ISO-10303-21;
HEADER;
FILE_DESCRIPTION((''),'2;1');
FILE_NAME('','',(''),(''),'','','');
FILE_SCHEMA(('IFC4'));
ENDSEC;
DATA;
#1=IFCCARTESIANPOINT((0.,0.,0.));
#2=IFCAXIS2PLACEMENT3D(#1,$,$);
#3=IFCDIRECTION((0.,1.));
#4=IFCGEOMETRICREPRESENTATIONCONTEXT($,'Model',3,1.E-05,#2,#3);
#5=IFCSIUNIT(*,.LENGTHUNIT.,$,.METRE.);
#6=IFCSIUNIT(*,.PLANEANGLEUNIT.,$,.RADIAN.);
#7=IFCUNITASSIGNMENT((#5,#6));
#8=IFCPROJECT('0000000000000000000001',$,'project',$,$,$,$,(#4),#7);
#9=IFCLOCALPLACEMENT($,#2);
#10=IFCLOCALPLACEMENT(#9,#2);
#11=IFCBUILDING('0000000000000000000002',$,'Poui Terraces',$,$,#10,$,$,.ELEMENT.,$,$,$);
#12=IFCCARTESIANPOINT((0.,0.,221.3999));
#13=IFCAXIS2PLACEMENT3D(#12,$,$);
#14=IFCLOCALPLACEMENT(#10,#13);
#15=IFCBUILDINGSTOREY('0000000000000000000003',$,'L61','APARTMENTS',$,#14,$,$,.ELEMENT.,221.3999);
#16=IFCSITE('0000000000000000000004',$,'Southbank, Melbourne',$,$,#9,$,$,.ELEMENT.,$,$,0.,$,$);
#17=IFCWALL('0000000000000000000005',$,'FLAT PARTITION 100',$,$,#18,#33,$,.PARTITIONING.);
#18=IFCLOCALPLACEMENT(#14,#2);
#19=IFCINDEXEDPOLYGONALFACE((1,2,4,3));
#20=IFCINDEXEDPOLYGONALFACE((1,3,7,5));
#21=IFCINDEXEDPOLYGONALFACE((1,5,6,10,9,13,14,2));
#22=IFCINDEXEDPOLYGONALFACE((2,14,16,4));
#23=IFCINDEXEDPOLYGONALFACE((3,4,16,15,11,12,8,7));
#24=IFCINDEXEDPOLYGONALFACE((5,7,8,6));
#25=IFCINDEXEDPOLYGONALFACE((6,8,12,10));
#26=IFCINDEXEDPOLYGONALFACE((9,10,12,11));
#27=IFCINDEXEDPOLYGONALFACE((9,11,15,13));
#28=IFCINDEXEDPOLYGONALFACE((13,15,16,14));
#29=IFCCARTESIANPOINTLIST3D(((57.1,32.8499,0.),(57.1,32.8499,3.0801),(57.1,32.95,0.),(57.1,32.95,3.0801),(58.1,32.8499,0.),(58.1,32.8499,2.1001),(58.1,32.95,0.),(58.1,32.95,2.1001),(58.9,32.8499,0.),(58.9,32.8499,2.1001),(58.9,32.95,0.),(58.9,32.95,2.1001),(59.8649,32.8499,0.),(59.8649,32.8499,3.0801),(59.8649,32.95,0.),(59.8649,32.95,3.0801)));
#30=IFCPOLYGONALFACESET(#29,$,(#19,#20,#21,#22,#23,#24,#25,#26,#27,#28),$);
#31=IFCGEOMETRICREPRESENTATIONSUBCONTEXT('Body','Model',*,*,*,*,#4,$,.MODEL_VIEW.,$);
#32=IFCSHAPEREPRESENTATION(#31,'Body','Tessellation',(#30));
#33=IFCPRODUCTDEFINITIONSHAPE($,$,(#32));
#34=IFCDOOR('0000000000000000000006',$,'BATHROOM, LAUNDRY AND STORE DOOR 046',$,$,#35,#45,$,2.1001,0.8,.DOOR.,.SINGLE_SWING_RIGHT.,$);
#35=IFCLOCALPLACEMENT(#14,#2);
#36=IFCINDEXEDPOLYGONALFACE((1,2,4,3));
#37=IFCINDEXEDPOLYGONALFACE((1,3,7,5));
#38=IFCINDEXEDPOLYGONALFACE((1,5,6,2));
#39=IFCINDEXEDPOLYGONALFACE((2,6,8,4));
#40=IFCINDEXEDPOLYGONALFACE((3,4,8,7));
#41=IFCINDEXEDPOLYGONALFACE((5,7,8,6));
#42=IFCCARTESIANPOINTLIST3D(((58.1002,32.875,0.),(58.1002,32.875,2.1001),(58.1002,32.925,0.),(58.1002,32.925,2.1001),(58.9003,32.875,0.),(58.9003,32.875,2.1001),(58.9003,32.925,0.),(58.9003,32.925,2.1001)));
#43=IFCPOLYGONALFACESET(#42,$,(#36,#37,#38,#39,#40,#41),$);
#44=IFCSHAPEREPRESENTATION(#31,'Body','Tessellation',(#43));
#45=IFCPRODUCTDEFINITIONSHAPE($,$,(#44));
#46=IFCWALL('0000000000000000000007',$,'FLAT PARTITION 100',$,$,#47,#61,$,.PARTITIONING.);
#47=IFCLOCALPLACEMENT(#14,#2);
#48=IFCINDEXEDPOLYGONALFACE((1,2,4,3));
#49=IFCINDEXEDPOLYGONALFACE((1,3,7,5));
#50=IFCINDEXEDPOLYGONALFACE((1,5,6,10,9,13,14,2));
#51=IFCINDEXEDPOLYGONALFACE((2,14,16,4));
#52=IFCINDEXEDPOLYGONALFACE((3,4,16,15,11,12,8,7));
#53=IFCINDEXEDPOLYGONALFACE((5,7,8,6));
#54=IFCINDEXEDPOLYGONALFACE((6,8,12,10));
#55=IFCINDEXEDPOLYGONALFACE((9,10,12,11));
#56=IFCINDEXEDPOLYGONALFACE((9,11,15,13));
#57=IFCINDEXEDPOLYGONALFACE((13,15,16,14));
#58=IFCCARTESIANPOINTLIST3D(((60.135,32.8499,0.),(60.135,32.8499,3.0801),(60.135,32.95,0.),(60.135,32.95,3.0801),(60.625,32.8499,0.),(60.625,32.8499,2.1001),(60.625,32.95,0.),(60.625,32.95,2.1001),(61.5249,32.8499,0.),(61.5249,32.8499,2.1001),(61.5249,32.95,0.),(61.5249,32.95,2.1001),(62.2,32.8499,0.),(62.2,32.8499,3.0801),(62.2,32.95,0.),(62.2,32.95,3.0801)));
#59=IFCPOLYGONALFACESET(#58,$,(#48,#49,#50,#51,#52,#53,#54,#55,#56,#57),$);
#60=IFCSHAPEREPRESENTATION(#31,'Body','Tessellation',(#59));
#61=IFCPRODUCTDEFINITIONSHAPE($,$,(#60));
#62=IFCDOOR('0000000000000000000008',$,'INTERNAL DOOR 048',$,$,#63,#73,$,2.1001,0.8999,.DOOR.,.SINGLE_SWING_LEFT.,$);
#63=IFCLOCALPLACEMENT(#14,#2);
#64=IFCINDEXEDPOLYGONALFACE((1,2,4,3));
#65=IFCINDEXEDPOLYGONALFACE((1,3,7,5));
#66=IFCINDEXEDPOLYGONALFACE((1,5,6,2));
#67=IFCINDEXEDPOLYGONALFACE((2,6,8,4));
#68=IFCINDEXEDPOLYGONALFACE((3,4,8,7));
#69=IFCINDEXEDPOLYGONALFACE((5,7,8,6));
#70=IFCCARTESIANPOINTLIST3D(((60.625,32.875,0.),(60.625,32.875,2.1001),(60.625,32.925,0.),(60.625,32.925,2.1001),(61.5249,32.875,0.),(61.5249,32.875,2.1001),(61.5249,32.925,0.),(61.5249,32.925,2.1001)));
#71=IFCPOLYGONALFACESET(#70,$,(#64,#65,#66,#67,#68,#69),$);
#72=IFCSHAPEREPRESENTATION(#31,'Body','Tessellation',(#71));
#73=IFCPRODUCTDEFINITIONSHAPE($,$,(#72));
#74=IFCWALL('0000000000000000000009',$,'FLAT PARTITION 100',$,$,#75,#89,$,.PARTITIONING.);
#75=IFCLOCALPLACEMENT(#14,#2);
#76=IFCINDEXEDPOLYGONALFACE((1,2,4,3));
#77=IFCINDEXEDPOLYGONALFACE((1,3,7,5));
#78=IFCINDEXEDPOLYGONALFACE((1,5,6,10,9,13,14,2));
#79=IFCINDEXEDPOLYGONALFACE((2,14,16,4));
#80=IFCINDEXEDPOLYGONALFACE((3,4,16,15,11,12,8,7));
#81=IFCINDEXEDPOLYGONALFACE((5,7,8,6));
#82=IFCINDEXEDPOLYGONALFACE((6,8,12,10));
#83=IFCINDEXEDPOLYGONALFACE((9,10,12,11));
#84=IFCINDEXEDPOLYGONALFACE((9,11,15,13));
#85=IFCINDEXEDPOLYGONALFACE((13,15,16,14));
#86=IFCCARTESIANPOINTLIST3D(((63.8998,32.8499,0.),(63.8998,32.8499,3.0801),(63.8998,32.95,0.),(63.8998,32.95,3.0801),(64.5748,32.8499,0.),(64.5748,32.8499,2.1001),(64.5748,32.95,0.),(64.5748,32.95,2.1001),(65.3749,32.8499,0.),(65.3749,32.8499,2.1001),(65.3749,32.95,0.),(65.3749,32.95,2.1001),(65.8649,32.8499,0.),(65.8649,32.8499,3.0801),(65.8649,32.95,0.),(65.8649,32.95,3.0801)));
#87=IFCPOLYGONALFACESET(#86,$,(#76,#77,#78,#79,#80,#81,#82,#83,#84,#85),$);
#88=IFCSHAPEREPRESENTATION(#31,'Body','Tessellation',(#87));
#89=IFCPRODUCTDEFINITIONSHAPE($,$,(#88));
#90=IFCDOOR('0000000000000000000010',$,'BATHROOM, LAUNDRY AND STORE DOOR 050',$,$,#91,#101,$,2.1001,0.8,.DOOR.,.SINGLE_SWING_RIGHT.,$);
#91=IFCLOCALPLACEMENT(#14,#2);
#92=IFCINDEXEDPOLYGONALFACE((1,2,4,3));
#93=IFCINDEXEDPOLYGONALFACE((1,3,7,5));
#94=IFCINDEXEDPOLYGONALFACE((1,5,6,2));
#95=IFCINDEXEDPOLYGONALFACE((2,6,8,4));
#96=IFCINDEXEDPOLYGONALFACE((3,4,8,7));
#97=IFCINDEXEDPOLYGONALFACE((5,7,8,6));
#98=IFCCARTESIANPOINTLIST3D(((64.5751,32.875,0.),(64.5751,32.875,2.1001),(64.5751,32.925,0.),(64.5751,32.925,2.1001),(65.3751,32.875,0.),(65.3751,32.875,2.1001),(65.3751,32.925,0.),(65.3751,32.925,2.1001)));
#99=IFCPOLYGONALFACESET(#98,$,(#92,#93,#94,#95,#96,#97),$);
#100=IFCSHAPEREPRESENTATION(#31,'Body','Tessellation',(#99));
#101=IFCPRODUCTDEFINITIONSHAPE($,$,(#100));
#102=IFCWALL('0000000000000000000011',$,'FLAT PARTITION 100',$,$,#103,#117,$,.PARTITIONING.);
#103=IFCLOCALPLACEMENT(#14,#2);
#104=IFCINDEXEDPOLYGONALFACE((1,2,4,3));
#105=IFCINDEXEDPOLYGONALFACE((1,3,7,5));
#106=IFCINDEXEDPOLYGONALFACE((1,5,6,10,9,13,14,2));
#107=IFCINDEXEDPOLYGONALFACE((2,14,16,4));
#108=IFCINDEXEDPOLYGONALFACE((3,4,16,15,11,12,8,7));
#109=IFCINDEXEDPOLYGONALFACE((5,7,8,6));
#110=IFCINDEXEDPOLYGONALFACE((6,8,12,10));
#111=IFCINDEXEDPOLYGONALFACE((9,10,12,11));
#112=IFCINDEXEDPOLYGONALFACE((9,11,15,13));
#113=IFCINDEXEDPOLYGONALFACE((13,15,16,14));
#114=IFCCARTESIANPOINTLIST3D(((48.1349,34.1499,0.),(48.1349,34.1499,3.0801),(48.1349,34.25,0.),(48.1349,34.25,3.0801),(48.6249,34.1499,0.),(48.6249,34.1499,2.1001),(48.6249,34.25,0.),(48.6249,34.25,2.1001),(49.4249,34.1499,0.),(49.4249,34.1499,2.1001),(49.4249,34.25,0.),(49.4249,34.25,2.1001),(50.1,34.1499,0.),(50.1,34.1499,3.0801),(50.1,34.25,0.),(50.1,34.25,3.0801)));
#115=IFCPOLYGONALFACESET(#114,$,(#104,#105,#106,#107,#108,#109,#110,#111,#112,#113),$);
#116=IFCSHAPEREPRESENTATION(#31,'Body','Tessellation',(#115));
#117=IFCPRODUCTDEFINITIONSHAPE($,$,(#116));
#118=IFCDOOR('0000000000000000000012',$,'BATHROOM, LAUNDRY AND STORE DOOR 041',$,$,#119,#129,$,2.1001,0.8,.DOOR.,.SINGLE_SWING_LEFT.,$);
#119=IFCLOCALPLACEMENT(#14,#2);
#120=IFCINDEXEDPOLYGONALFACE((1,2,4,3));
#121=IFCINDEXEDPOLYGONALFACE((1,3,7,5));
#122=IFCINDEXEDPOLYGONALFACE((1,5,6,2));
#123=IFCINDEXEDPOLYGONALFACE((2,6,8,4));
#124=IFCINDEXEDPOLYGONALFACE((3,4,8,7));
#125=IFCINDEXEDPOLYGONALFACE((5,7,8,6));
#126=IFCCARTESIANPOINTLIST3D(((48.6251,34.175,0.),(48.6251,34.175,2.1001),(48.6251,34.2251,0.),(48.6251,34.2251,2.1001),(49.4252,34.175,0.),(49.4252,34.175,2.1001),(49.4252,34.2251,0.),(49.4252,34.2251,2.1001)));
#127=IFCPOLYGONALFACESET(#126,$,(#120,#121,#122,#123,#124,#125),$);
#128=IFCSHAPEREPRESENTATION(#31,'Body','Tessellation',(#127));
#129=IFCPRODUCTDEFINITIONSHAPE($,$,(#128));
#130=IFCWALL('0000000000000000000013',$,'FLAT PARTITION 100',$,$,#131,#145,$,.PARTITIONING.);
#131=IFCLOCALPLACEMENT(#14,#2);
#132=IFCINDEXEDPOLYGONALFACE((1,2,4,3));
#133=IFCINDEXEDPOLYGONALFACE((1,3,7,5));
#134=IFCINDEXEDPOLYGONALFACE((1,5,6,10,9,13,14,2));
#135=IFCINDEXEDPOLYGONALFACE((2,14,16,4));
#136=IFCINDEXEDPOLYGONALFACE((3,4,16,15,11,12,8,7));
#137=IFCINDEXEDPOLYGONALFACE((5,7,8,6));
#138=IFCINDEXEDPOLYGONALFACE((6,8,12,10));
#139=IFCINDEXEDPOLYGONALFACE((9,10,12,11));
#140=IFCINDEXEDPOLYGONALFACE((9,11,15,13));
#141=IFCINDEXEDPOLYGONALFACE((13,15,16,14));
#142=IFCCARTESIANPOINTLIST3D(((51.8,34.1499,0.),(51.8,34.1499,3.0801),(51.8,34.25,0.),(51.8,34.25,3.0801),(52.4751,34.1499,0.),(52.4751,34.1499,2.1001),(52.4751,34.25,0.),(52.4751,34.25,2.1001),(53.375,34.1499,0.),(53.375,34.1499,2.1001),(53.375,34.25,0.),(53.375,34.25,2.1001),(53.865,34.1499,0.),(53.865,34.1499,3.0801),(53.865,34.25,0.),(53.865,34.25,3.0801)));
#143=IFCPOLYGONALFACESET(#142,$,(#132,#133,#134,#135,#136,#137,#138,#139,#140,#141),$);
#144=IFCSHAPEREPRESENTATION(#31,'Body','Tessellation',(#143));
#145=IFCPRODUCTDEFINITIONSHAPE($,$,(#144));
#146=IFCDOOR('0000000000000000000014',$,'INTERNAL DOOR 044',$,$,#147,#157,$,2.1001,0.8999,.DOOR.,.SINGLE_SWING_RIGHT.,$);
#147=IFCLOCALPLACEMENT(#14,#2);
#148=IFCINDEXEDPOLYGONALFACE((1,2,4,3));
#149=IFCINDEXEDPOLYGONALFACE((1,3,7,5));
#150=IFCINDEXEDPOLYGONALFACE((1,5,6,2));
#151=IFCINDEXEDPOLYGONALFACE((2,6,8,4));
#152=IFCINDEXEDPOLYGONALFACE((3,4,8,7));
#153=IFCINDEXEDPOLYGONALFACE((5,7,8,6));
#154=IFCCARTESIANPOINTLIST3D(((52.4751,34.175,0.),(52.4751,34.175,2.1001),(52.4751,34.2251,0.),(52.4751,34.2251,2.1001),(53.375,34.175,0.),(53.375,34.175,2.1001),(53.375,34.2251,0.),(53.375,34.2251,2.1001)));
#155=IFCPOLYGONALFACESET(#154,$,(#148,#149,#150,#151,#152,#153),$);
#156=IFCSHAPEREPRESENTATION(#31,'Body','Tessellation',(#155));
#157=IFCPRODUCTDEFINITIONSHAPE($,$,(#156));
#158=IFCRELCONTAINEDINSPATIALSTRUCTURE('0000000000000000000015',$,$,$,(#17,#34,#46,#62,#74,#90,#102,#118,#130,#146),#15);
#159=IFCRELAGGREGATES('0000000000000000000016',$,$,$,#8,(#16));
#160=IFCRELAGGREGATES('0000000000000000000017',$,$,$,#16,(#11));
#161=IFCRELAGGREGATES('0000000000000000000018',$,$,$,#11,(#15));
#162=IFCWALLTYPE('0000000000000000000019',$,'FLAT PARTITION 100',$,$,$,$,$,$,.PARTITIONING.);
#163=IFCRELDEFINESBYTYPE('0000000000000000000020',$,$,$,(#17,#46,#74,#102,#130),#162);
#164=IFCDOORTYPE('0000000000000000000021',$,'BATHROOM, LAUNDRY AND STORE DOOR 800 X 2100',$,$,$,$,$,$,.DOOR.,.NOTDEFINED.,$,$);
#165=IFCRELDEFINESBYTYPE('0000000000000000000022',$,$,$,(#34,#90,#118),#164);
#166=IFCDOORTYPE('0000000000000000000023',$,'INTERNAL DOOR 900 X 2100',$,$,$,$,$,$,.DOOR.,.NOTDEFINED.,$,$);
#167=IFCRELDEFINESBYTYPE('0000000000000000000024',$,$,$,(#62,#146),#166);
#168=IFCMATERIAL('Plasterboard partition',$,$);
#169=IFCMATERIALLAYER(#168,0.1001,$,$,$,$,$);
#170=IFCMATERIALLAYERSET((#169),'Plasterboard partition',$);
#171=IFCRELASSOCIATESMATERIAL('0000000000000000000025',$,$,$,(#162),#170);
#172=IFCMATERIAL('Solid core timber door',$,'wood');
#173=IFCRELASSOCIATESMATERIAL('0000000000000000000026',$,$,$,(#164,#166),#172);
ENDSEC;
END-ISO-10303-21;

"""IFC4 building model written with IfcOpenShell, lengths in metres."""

from ifc_helpers import new_model, si_unit, direction, frame, frame_2d, origin, place, context, subcontext, project, spatial, rectangle, extrude, material, layer, layer_set, type_object, element, fill, save


model = new_model("IFC4")

# Units and contexts
model_context = context("Model", 3, precision=1e-05, world=origin(), true_north=direction((0.0, 1.0)))
body_context = subcontext(model_context, "Body", "Model", "MODEL_VIEW")
ifc_project = project(units=[si_unit("LENGTHUNIT", "METRE"), si_unit("PLANEANGLEUNIT", "RADIAN")], contexts=[model_context])

# Site, building, storey
site_placement = place(None, origin())
site = spatial("IfcSite", under=ifc_project, at=site_placement, Name="Southbank, Melbourne", CompositionType="ELEMENT", RefElevation=0.0)
building_placement = place(site_placement, origin())
building = spatial("IfcBuilding", under=site, at=building_placement, Name="Poui Terraces", CompositionType="ELEMENT")
storey_placement = place(building_placement, frame((0.0, 0.0, 221.3999)))
storey = spatial("IfcBuildingStorey", under=building, at=storey_placement, Name="L61", Description="APARTMENTS", CompositionType="ELEMENT", Elevation=221.3999)

# Walls, openings, doors
ifc_material_1 = material(Name="Plasterboard partition")
ifc_layer_1 = layer(ifc_material_1, 0.1001)
ifc_layer_set_1 = layer_set([ifc_layer_1], Name="Plasterboard partition")
wall_type_1 = type_object("IfcWallType", Name="FLAT PARTITION 100", PredefinedType="PARTITIONING", material=ifc_layer_set_1)
wall_1_placement = place(storey_placement, frame((57.1001, 32.8999, 0.0), z_axis=(0.0, 0.0, 1.0), x_axis=(1.0, 0.0, 0.0)))
wall_1 = element("IfcWall", 1, at=wall_1_placement, inside=storey, type_object=wall_type_1, Name="FLAT PARTITION 100", PredefinedType="PARTITIONING", context=body_context, shape_type="SweptSolid", body=[
    extrude(rectangle(XDim=2.7649, YDim=0.1001, at=frame_2d((1.3823, 0.0))), origin(), (0.0, 0.0, 1.0), 3.0801),
])
opening_1_placement = place(wall_1_placement, frame((1.0, 0.0, 0.0)))
opening_1 = element("IfcOpeningElement", 2, at=opening_1_placement, cuts=wall_1, PredefinedType="OPENING", context=body_context, shape_type="SweptSolid", body=[
    extrude(rectangle(XDim=0.8, YDim=2.1001, at=frame_2d((0.3999, 1.05))), frame((0.0, 0.0601, 0.0), z_axis=(0.0, -1.0, 0.0), x_axis=(1.0, 0.0, 0.0)), (0.0, 0.0, 1.0), 0.1201),
])
ifc_material_2 = material(Name="Solid core timber door", Category="wood")
door_type_1 = type_object("IfcDoorType", Name="BATHROOM, LAUNDRY AND STORE DOOR 800 X 2100", OperationType="NOTDEFINED", PredefinedType="DOOR", material=ifc_material_2)
door_1_placement = place(opening_1_placement, frame((0.8, 0.0, 0.0), z_axis=(0.0, 0.0, 1.0), x_axis=(-1.0, 0.0, 0.0)))
door_1 = element("IfcDoor", 3, at=door_1_placement, inside=storey, type_object=door_type_1, Name="BATHROOM, LAUNDRY AND STORE DOOR 046", OperationType="SINGLE_SWING_RIGHT", OverallHeight=2.1001, OverallWidth=0.8, PredefinedType="DOOR", context=body_context, shape_type="SweptSolid", body=[
    extrude(rectangle(XDim=0.8, YDim=2.1001, at=frame_2d((0.3999, 1.05))), frame((0.0, 0.0249, 0.0), z_axis=(0.0, -1.0, 0.0), x_axis=(1.0, 0.0, 0.0)), (0.0, 0.0, 1.0), 0.05),
])
fill(opening_1, door_1)
wall_2_placement = place(storey_placement, frame((60.135, 32.8999, 0.0), z_axis=(0.0, 0.0, 1.0), x_axis=(1.0, 0.0, 0.0)))
wall_2 = element("IfcWall", 4, at=wall_2_placement, inside=storey, type_object=wall_type_1, Name="FLAT PARTITION 100", PredefinedType="PARTITIONING", context=body_context, shape_type="SweptSolid", body=[
    extrude(rectangle(XDim=2.0649, YDim=0.1001, at=frame_2d((1.0325, 0.0))), origin(), (0.0, 0.0, 1.0), 3.0801),
])
opening_2_placement = place(wall_2_placement, frame((0.49, 0.0, 0.0)))
opening_2 = element("IfcOpeningElement", 5, at=opening_2_placement, cuts=wall_2, PredefinedType="OPENING", context=body_context, shape_type="SweptSolid", body=[
    extrude(rectangle(XDim=0.8999, YDim=2.1001, at=frame_2d((0.45, 1.05))), frame((0.0, 0.0601, 0.0), z_axis=(0.0, -1.0, 0.0), x_axis=(1.0, 0.0, 0.0)), (0.0, 0.0, 1.0), 0.1201),
])
door_type_2 = type_object("IfcDoorType", Name="INTERNAL DOOR 900 X 2100", OperationType="NOTDEFINED", PredefinedType="DOOR", material=ifc_material_2)
door_2_placement = place(opening_2_placement, frame((0.8999, 0.0, 0.0), z_axis=(0.0, 0.0, 1.0), x_axis=(-1.0, 0.0, 0.0)))
door_2 = element("IfcDoor", 6, at=door_2_placement, inside=storey, type_object=door_type_2, Name="INTERNAL DOOR 048", OperationType="SINGLE_SWING_LEFT", OverallHeight=2.1001, OverallWidth=0.8999, PredefinedType="DOOR", context=body_context, shape_type="SweptSolid", body=[
    extrude(rectangle(XDim=0.8999, YDim=2.1001, at=frame_2d((0.45, 1.05))), frame((0.0, 0.0249, 0.0), z_axis=(0.0, -1.0, 0.0), x_axis=(1.0, 0.0, 0.0)), (0.0, 0.0, 1.0), 0.05),
])
fill(opening_2, door_2)
wall_3_placement = place(storey_placement, frame((63.8999, 32.8999, 0.0), z_axis=(0.0, 0.0, 1.0), x_axis=(1.0, 0.0, 0.0)))
wall_3 = element("IfcWall", 7, at=wall_3_placement, inside=storey, type_object=wall_type_1, Name="FLAT PARTITION 100", PredefinedType="PARTITIONING", context=body_context, shape_type="SweptSolid", body=[
    extrude(rectangle(XDim=1.9651, YDim=0.1001, at=frame_2d((0.9824, 0.0))), origin(), (0.0, 0.0, 1.0), 3.0801),
])
opening_3_placement = place(wall_3_placement, frame((0.675, 0.0, 0.0)))
opening_3 = element("IfcOpeningElement", 8, at=opening_3_placement, cuts=wall_3, PredefinedType="OPENING", context=body_context, shape_type="SweptSolid", body=[
    extrude(rectangle(XDim=0.8, YDim=2.1001, at=frame_2d((0.3999, 1.05))), frame((0.0, 0.0601, 0.0), z_axis=(0.0, -1.0, 0.0), x_axis=(1.0, 0.0, 0.0)), (0.0, 0.0, 1.0), 0.1201),
])
door_3_placement = place(opening_3_placement, frame((0.8, 0.0, 0.0), z_axis=(0.0, 0.0, 1.0), x_axis=(-1.0, 0.0, 0.0)))
door_3 = element("IfcDoor", 9, at=door_3_placement, inside=storey, type_object=door_type_1, Name="BATHROOM, LAUNDRY AND STORE DOOR 050", OperationType="SINGLE_SWING_RIGHT", OverallHeight=2.1001, OverallWidth=0.8, PredefinedType="DOOR", context=body_context, shape_type="SweptSolid", body=[
    extrude(rectangle(XDim=0.8, YDim=2.1001, at=frame_2d((0.3999, 1.05))), frame((0.0, 0.0249, 0.0), z_axis=(0.0, -1.0, 0.0), x_axis=(1.0, 0.0, 0.0)), (0.0, 0.0, 1.0), 0.05),
])
fill(opening_3, door_3)
wall_4_placement = place(storey_placement, frame((48.135, 34.2, 0.0), z_axis=(0.0, 0.0, 1.0), x_axis=(1.0, 0.0, 0.0)))
wall_4 = element("IfcWall", 10, at=wall_4_placement, inside=storey, type_object=wall_type_1, Name="FLAT PARTITION 100", PredefinedType="PARTITIONING", context=body_context, shape_type="SweptSolid", body=[
    extrude(rectangle(XDim=1.9651, YDim=0.1001, at=frame_2d((0.9824, 0.0))), origin(), (0.0, 0.0, 1.0), 3.0801),
])
opening_4_placement = place(wall_4_placement, frame((0.49, 0.0, 0.0)))
opening_4 = element("IfcOpeningElement", 11, at=opening_4_placement, cuts=wall_4, PredefinedType="OPENING", context=body_context, shape_type="SweptSolid", body=[
    extrude(rectangle(XDim=0.8, YDim=2.1001, at=frame_2d((0.3999, 1.05))), frame((0.0, 0.0601, 0.0), z_axis=(0.0, -1.0, 0.0), x_axis=(1.0, 0.0, 0.0)), (0.0, 0.0, 1.0), 0.1201),
])
door_4_placement = place(opening_4_placement, frame((0.8, 0.0, 0.0), z_axis=(0.0, 0.0, 1.0), x_axis=(-1.0, 0.0, 0.0)))
door_4 = element("IfcDoor", 12, at=door_4_placement, inside=storey, type_object=door_type_1, Name="BATHROOM, LAUNDRY AND STORE DOOR 041", OperationType="SINGLE_SWING_LEFT", OverallHeight=2.1001, OverallWidth=0.8, PredefinedType="DOOR", context=body_context, shape_type="SweptSolid", body=[
    extrude(rectangle(XDim=0.8, YDim=2.1001, at=frame_2d((0.3999, 1.05))), frame((0.0, 0.0249, 0.0), z_axis=(0.0, -1.0, 0.0), x_axis=(1.0, 0.0, 0.0)), (0.0, 0.0, 1.0), 0.05),
])
fill(opening_4, door_4)
wall_5_placement = place(storey_placement, frame((51.8, 34.2, 0.0), z_axis=(0.0, 0.0, 1.0), x_axis=(1.0, 0.0, 0.0)))
wall_5 = element("IfcWall", 13, at=wall_5_placement, inside=storey, type_object=wall_type_1, Name="FLAT PARTITION 100", PredefinedType="PARTITIONING", context=body_context, shape_type="SweptSolid", body=[
    extrude(rectangle(XDim=2.0649, YDim=0.1001, at=frame_2d((1.0325, 0.0))), origin(), (0.0, 0.0, 1.0), 3.0801),
])
opening_5_placement = place(wall_5_placement, frame((0.675, 0.0, 0.0)))
opening_5 = element("IfcOpeningElement", 14, at=opening_5_placement, cuts=wall_5, PredefinedType="OPENING", context=body_context, shape_type="SweptSolid", body=[
    extrude(rectangle(XDim=0.8999, YDim=2.1001, at=frame_2d((0.45, 1.05))), frame((0.0, 0.0601, 0.0), z_axis=(0.0, -1.0, 0.0), x_axis=(1.0, 0.0, 0.0)), (0.0, 0.0, 1.0), 0.1201),
])
door_5_placement = place(opening_5_placement, frame((0.8999, 0.0, 0.0), z_axis=(0.0, 0.0, 1.0), x_axis=(-1.0, 0.0, 0.0)))
door_5 = element("IfcDoor", 15, at=door_5_placement, inside=storey, type_object=door_type_2, Name="INTERNAL DOOR 044", OperationType="SINGLE_SWING_RIGHT", OverallHeight=2.1001, OverallWidth=0.8999, PredefinedType="DOOR", context=body_context, shape_type="SweptSolid", body=[
    extrude(rectangle(XDim=0.8999, YDim=2.1001, at=frame_2d((0.45, 1.05))), frame((0.0, 0.0249, 0.0), z_axis=(0.0, -1.0, 0.0), x_axis=(1.0, 0.0, 0.0)), (0.0, 0.0, 1.0), 0.05),
])
fill(opening_5, door_5)

save(model, "model.ifc")
